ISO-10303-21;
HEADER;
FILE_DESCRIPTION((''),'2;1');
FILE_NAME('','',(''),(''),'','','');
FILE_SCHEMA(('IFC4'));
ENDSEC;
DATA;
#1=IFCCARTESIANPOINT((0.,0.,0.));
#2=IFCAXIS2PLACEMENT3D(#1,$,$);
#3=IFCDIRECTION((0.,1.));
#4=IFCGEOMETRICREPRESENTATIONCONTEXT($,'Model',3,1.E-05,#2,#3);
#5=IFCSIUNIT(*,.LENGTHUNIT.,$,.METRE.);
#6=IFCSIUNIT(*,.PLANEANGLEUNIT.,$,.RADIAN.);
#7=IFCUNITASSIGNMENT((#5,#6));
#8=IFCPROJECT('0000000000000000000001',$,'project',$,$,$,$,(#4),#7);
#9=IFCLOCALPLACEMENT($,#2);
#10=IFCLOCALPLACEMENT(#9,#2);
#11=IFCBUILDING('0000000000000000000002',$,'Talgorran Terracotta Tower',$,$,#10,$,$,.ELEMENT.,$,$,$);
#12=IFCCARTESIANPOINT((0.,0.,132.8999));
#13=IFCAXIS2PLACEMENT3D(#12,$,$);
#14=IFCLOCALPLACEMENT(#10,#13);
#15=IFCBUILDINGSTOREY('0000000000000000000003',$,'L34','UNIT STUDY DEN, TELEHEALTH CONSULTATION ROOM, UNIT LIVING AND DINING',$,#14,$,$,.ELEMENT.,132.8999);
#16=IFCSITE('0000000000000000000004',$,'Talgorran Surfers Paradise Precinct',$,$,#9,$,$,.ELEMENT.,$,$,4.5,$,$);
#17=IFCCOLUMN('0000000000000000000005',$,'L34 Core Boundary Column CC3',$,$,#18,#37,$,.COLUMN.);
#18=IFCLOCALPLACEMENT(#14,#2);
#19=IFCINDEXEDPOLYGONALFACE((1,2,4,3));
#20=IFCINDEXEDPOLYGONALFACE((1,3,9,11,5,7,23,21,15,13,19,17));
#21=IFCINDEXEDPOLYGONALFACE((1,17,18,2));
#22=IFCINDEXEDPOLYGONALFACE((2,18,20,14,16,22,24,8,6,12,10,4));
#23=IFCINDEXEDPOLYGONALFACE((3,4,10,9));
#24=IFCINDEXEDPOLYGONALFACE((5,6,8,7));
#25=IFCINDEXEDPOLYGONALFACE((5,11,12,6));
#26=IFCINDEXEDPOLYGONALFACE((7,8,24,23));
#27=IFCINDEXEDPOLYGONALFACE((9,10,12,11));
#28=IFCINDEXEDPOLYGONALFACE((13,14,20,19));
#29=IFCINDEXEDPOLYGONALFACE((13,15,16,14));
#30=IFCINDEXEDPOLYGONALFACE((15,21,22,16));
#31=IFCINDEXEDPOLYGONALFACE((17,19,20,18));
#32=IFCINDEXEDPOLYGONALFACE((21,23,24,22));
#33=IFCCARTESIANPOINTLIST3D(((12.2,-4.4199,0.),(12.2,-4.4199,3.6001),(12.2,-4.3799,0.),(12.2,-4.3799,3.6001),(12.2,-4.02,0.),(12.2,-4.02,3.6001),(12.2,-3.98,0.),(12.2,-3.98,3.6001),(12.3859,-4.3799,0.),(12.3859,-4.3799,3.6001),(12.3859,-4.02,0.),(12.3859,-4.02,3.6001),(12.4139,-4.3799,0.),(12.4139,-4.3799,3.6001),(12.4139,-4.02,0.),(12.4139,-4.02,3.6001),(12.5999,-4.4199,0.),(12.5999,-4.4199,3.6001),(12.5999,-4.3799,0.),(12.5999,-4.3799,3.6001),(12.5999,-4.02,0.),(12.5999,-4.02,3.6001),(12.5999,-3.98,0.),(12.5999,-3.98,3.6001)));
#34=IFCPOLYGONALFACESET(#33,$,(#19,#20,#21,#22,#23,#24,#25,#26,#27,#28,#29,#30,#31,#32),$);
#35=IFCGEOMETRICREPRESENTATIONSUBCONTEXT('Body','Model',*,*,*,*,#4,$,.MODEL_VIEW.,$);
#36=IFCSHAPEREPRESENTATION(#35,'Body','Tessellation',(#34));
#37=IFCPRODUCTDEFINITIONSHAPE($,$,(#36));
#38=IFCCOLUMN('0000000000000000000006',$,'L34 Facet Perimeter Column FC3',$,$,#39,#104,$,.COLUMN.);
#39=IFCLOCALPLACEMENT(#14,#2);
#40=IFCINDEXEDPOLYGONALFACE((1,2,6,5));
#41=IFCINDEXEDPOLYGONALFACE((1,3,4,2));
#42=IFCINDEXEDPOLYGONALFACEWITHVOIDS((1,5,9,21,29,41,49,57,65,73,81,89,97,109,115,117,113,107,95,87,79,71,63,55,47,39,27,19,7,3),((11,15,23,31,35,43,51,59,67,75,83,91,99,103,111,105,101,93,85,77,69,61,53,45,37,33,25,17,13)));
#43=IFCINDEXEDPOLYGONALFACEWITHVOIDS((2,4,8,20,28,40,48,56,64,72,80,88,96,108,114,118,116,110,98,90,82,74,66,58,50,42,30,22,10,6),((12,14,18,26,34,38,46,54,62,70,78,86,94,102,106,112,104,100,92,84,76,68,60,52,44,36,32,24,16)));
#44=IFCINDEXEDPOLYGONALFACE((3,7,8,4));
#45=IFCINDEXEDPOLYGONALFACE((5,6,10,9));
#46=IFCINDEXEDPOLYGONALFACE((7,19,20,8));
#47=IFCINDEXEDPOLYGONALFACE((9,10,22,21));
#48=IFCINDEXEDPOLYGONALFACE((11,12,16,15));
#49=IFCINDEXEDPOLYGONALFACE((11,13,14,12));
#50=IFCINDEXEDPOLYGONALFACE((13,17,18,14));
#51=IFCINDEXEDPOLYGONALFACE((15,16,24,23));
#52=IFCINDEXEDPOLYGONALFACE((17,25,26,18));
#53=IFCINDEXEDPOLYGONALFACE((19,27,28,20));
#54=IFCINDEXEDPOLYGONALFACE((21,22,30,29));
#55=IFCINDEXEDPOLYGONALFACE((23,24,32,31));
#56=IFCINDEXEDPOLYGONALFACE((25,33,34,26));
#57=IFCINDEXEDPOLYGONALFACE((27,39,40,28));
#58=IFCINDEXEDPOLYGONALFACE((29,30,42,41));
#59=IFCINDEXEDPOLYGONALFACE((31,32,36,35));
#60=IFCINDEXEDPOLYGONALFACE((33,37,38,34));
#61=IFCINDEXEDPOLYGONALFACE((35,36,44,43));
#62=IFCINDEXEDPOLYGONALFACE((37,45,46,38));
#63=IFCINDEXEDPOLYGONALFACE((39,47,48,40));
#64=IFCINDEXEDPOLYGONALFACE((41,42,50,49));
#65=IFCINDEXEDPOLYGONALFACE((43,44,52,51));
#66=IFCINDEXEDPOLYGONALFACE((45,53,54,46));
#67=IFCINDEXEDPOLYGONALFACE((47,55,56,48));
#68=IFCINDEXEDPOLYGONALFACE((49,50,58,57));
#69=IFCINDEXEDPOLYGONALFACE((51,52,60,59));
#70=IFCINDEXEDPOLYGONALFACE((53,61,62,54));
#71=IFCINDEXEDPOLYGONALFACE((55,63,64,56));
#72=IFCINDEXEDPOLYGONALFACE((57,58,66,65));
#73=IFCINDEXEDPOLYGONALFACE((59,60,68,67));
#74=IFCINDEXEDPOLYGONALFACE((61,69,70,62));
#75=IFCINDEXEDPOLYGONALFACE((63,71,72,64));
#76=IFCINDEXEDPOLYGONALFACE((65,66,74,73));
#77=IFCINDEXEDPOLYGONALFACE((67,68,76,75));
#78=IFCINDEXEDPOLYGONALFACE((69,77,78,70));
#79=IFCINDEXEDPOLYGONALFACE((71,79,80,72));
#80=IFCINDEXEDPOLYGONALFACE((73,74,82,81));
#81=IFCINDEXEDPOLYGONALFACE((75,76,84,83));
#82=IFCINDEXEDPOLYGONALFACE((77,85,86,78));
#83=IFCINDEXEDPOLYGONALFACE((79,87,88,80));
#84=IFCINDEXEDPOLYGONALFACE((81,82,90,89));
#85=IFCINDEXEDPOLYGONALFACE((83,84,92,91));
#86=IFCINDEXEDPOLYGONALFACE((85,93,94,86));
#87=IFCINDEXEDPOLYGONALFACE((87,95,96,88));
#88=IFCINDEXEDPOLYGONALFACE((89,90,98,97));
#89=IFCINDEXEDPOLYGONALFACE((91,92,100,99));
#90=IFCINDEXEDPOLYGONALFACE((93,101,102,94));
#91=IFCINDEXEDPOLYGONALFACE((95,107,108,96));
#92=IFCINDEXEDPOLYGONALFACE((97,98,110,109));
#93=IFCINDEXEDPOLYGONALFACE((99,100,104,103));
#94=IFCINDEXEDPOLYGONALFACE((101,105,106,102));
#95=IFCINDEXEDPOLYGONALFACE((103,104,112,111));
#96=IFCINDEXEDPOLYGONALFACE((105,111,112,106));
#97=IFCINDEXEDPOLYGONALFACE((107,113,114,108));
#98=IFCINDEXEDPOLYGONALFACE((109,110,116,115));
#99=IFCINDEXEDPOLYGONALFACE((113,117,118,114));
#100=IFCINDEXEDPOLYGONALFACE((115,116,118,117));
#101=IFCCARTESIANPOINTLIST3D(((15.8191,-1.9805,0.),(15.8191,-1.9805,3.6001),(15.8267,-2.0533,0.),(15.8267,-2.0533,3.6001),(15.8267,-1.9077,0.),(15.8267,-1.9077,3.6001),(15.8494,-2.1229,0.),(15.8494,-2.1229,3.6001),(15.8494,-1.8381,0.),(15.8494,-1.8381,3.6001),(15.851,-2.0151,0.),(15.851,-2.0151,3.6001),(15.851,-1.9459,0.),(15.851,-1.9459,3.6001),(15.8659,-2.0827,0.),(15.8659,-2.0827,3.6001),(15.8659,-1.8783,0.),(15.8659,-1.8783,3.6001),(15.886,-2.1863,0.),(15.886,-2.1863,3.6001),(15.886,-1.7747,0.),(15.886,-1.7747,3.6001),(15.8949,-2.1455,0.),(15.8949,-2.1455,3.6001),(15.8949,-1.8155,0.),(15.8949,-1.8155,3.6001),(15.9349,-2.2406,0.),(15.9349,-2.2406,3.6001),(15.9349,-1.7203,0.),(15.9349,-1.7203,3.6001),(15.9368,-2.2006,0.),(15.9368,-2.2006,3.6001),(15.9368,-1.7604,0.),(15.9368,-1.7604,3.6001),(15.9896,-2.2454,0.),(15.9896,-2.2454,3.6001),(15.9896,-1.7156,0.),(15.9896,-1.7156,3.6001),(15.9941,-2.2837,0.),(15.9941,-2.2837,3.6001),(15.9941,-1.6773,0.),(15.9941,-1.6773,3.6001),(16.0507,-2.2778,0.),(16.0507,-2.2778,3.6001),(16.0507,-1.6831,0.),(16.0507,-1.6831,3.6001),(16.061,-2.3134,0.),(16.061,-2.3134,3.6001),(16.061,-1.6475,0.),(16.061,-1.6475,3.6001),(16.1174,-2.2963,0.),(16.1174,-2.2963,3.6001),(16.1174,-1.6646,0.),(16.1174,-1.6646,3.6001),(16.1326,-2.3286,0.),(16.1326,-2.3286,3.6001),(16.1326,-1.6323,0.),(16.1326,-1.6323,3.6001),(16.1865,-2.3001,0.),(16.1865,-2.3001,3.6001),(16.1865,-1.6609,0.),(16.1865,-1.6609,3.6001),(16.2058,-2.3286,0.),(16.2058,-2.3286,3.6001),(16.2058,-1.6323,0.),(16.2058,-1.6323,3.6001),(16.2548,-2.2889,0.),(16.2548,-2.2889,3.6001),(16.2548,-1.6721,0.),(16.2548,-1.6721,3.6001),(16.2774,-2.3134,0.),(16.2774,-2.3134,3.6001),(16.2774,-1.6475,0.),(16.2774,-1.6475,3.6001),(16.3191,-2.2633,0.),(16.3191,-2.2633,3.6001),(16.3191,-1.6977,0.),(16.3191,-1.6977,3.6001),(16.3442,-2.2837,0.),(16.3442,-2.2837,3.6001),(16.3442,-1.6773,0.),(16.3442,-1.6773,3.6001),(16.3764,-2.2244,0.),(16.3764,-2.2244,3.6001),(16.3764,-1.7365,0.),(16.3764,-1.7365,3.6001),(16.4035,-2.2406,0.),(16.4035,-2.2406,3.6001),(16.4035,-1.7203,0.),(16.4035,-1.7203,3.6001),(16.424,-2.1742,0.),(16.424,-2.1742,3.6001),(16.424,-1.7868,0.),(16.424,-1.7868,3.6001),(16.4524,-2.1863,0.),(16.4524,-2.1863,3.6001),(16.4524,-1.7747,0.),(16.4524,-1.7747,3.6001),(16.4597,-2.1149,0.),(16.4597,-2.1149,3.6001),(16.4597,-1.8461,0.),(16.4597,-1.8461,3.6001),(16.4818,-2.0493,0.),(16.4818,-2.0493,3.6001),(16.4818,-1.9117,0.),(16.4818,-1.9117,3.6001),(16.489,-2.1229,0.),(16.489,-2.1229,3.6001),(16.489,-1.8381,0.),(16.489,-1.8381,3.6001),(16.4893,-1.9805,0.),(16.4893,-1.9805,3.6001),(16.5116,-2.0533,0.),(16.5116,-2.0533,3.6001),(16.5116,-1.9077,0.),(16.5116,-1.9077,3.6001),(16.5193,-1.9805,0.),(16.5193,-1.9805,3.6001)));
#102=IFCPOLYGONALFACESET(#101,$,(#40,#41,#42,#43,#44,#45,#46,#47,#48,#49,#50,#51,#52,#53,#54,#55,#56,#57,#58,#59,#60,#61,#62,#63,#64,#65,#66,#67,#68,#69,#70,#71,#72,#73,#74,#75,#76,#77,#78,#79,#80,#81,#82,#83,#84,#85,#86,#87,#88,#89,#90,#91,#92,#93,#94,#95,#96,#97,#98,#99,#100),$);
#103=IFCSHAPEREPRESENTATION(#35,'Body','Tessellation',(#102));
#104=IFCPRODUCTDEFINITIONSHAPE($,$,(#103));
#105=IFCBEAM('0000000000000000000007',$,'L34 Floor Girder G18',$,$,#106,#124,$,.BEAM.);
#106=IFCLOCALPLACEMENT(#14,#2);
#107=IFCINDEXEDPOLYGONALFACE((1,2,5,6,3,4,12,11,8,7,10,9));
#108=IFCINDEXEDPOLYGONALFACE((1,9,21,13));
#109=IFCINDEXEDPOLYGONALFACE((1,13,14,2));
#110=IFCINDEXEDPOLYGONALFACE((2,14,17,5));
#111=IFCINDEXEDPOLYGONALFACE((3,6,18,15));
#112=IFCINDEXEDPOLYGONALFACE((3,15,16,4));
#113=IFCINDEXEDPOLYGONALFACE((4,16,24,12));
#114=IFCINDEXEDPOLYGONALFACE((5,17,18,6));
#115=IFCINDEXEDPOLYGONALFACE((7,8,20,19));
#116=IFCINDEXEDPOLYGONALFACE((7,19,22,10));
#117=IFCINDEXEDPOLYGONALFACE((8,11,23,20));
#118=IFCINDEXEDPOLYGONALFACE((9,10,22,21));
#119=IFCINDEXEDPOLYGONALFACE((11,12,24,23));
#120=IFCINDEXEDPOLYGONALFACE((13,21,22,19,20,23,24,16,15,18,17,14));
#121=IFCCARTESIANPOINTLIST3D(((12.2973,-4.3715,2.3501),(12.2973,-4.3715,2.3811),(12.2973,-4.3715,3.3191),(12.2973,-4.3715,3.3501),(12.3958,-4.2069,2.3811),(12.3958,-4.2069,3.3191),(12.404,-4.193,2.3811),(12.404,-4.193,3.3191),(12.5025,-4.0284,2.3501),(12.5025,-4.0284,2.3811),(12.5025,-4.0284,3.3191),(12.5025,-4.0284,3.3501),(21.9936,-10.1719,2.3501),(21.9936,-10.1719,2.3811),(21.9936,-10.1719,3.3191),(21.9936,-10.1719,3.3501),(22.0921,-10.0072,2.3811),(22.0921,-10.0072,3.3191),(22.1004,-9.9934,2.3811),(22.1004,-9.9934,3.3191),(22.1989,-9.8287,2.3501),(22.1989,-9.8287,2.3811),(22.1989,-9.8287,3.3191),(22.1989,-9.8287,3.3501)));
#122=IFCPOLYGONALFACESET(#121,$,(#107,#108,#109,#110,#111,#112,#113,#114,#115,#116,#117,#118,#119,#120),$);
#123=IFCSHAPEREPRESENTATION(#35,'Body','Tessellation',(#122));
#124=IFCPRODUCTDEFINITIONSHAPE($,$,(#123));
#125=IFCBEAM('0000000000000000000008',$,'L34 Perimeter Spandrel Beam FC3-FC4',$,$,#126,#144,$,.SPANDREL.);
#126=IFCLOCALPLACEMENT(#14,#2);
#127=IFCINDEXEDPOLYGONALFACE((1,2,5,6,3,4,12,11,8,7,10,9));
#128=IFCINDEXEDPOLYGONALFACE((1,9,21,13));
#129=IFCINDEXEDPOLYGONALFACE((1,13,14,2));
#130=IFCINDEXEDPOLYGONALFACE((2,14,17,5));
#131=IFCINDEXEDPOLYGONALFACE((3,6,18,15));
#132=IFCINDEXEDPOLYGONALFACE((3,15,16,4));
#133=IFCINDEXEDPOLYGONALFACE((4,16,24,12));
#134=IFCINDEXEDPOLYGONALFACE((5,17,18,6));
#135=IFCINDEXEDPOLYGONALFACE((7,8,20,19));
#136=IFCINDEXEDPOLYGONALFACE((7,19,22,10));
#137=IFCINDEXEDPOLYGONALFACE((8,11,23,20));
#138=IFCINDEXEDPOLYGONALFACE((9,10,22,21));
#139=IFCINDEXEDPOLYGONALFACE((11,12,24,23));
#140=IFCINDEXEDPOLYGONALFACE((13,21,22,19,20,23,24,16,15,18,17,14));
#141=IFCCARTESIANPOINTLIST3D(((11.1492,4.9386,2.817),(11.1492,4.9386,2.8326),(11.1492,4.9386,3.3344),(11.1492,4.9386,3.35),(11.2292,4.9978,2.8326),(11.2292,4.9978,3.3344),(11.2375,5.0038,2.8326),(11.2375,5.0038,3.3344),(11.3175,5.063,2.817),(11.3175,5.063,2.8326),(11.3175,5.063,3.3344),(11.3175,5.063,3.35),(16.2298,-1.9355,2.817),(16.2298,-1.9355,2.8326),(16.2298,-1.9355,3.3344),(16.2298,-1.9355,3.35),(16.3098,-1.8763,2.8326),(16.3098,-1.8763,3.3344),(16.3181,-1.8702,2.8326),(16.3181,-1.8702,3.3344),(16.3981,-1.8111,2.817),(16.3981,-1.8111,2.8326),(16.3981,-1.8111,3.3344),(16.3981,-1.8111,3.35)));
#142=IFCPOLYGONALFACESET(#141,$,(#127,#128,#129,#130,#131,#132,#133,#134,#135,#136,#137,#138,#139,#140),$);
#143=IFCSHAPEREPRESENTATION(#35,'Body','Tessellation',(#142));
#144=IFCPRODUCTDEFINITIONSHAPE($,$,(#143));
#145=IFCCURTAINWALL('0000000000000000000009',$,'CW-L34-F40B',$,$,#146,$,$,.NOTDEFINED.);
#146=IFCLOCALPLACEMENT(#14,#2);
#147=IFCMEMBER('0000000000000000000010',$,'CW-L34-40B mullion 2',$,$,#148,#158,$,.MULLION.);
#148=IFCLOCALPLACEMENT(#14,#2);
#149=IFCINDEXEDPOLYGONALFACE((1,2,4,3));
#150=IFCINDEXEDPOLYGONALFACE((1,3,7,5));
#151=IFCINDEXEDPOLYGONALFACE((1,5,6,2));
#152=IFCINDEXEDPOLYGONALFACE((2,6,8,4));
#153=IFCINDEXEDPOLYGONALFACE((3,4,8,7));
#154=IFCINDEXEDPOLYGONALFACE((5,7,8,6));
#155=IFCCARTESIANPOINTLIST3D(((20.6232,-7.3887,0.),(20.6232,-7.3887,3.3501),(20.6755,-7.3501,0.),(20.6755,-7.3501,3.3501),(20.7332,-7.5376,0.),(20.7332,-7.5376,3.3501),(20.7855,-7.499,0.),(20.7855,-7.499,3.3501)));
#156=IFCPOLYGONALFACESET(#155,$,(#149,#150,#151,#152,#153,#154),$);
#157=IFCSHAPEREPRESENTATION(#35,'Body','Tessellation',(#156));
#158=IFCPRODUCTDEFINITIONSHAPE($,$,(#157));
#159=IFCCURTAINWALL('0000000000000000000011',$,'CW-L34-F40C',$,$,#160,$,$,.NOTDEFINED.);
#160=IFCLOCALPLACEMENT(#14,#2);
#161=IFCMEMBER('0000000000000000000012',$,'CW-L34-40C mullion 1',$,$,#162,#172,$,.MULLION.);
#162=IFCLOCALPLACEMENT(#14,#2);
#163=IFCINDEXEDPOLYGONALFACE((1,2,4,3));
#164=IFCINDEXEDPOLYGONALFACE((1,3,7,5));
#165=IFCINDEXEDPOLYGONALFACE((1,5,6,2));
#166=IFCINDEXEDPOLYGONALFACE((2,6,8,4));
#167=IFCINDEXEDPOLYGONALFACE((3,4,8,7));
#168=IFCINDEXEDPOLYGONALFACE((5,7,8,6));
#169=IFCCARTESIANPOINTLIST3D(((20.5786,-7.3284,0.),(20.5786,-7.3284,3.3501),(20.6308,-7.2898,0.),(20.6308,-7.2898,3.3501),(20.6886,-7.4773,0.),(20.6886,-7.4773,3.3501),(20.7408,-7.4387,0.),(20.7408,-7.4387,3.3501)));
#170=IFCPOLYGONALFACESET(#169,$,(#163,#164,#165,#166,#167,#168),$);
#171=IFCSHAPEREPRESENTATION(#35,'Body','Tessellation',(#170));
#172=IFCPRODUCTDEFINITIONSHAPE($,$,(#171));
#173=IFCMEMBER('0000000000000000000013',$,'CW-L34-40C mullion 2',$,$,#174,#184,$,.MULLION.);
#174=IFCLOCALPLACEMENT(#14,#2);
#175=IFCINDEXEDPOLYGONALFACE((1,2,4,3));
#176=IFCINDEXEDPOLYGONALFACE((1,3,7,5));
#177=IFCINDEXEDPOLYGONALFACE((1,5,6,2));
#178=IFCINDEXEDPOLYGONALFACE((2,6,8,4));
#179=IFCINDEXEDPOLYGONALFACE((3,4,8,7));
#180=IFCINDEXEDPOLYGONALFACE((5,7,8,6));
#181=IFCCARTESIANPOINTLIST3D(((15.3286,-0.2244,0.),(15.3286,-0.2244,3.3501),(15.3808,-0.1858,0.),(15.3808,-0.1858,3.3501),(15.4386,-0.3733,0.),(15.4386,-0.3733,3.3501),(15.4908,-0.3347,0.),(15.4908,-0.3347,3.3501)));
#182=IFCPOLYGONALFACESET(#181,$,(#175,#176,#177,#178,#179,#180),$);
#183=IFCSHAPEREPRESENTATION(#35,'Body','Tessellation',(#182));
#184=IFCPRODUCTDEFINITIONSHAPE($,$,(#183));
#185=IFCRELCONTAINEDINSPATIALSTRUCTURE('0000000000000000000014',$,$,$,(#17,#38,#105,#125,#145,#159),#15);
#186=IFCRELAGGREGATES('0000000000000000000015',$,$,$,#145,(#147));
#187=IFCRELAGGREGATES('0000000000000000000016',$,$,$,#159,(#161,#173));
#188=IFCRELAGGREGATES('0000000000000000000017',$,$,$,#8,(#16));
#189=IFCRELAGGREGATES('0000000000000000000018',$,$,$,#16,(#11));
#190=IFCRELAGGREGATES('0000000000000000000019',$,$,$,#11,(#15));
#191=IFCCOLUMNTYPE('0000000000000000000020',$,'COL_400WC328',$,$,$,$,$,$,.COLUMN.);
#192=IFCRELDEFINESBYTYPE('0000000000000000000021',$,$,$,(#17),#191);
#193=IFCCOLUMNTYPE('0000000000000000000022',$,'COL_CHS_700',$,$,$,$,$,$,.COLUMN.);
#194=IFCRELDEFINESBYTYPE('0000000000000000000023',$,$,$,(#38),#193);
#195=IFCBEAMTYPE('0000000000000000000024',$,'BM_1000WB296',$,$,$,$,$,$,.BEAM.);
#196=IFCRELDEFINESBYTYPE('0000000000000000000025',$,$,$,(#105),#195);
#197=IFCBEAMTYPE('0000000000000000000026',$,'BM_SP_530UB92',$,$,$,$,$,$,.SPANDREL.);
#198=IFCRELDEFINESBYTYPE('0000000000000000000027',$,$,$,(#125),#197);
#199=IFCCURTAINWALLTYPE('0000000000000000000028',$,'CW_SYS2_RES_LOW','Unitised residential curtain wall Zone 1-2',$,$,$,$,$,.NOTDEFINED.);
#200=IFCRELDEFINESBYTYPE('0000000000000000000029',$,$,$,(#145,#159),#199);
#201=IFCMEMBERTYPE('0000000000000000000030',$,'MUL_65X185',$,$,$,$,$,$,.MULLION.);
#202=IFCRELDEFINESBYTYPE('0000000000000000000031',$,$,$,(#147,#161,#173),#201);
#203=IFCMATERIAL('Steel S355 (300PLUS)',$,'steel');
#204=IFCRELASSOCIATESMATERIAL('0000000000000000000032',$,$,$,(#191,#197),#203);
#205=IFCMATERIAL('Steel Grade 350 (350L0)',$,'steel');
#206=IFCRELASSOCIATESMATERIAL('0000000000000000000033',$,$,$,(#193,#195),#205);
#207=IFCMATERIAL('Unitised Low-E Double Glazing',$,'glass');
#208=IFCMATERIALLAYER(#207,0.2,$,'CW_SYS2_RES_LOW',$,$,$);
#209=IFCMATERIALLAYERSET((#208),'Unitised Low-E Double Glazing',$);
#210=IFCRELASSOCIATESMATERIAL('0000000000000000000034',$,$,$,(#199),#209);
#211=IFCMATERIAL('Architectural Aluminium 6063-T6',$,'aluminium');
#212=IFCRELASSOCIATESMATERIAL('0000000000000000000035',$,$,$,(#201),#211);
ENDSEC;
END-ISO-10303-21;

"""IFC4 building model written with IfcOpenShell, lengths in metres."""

from ifc_helpers import new_model, si_unit, direction, frame, origin, origin_2d, place, context, subcontext, project, spatial, rectangle, hollow_circle, i_section, extrude, material, layer, layer_set, material_profile, profile_set, type_object, element, aggregate, save


model = new_model("IFC4")

# Units and contexts
model_context = context("Model", 3, precision=1e-05, world=origin(), true_north=direction((0.0, 1.0)))
body_context = subcontext(model_context, "Body", "Model", "MODEL_VIEW")
ifc_project = project(units=[si_unit("LENGTHUNIT", "METRE"), si_unit("PLANEANGLEUNIT", "RADIAN")], contexts=[model_context])

# Site, building, storey
site_placement = place(None, origin())
site = spatial("IfcSite", under=ifc_project, at=site_placement, Name="Talgorran Surfers Paradise Precinct", CompositionType="ELEMENT", RefElevation=4.5)
building_placement = place(site_placement, origin())
building = spatial("IfcBuilding", under=site, at=building_placement, Name="Talgorran Terracotta Tower", CompositionType="ELEMENT")
storey_placement = place(building_placement, frame((0.0, 0.0, 132.8999)))
storey = spatial("IfcBuildingStorey", under=building, at=storey_placement, Name="L34", Description="UNIT STUDY DEN, TELEHEALTH CONSULTATION ROOM, UNIT LIVING AND DINING", CompositionType="ELEMENT", Elevation=132.8999)

# Columns
ifc_material_1 = material(Name="Steel S355 (300PLUS)", Category="steel")
ifc_material_profile_1 = material_profile(ifc_material_1, i_section(OverallWidth=0.3999, OverallDepth=0.4399, WebThickness=0.0281, FlangeThickness=0.04, at=origin_2d()), Name="400WC328")
ifc_profile_set_1 = profile_set([ifc_material_profile_1], Name="Steel S355 (300PLUS)")
column_type_1 = type_object("IfcColumnType", Name="COL_400WC328", PredefinedType="COLUMN", material=ifc_profile_set_1)
column_1_placement = place(storey_placement, frame((12.3999, -4.2, 0.0), z_axis=(0.0, 0.0, 1.0), x_axis=(1.0, 0.0, 0.0)))
element("IfcColumn", 1, at=column_1_placement, inside=storey, type_object=column_type_1, Name="L34 Core Boundary Column CC3", PredefinedType="COLUMN", context=body_context, shape_type="SweptSolid", body=[
    extrude(i_section(OverallWidth=0.3999, OverallDepth=0.4399, WebThickness=0.0281, FlangeThickness=0.04, at=origin_2d()), origin(), (0.0, 0.0, 1.0), 3.6001),
])
ifc_material_2 = material(Name="Steel Grade 350 (350L0)", Category="steel")
ifc_material_profile_2 = material_profile(ifc_material_2, hollow_circle(Radius=0.3501, WallThickness=0.03, at=origin_2d()), Name="CHS700X30")
ifc_profile_set_2 = profile_set([ifc_material_profile_2], Name="Steel Grade 350 (350L0)")
column_type_2 = type_object("IfcColumnType", Name="COL_CHS_700", PredefinedType="COLUMN", material=ifc_profile_set_2)
column_2_placement = place(storey_placement, frame((16.1692, -1.9805, 0.0), z_axis=(0.0, 0.0, 1.0), x_axis=(1.0, 0.0, 0.0)))
element("IfcColumn", 2, at=column_2_placement, inside=storey, type_object=column_type_2, Name="L34 Facet Perimeter Column FC3", PredefinedType="COLUMN", context=body_context, shape_type="SweptSolid", body=[
    extrude(hollow_circle(Radius=0.3501, WallThickness=0.03, at=origin_2d()), origin(), (0.0, 0.0, 1.0), 3.6001),
])

# Beams
ifc_material_profile_3 = material_profile(ifc_material_2, i_section(OverallWidth=0.3999, OverallDepth=1.0, WebThickness=0.0161, FlangeThickness=0.031, at=origin_2d()), Name="1000WB296")
ifc_profile_set_3 = profile_set([ifc_material_profile_3], Name="Steel Grade 350 (350L0)")
beam_type_1 = type_object("IfcBeamType", Name="BM_1000WB296", PredefinedType="BEAM", material=ifc_profile_set_3)
beam_1_placement = place(storey_placement, frame((12.3999, -4.2, 2.8501), z_axis=(0.858175, -0.513358, 0.0), x_axis=(0.513358, 0.858175, 0.0)))
element("IfcBeam", 3, at=beam_1_placement, inside=storey, type_object=beam_type_1, Name="L34 Floor Girder G18", PredefinedType="BEAM", context=body_context, shape_type="SweptSolid", body=[
    extrude(i_section(OverallWidth=0.3999, OverallDepth=1.0, WebThickness=0.0161, FlangeThickness=0.031, at=origin_2d()), origin(), (0.0, 0.0, 1.0), 11.2988),
])
ifc_material_profile_4 = material_profile(ifc_material_1, i_section(OverallWidth=0.2092, OverallDepth=0.533, WebThickness=0.0103, FlangeThickness=0.0156, at=origin_2d()), Name="530UB92.4")
ifc_profile_set_4 = profile_set([ifc_material_profile_4], Name="Steel S355 (300PLUS)")
beam_type_2 = type_object("IfcBeamType", Name="BM_SP_530UB92", PredefinedType="SPANDREL", material=ifc_profile_set_4)
beam_2_placement = place(storey_placement, frame((16.314, -1.8733, 3.0835), z_axis=(-0.594373, 0.804189, 0.0), x_axis=(-0.804189, -0.594373, 0.0)))
element("IfcBeam", 4, at=beam_2_placement, inside=storey, type_object=beam_type_2, Name="L34 Perimeter Spandrel Beam FC3-FC4", PredefinedType="SPANDREL", context=body_context, shape_type="SweptSolid", body=[
    extrude(i_section(OverallWidth=0.2092, OverallDepth=0.533, WebThickness=0.0103, FlangeThickness=0.0156, at=origin_2d()), origin(), (0.0, 0.0, 1.0), 8.5479),
])

# Curtain wall, member
ifc_material_3 = material(Name="Unitised Low-E Double Glazing", Category="glass")
ifc_layer_1 = layer(ifc_material_3, 0.2, Name="CW_SYS2_RES_LOW")
ifc_layer_set_1 = layer_set([ifc_layer_1], Name="Unitised Low-E Double Glazing")
curtain_wall_type = type_object("IfcCurtainWallType", Name="CW_SYS2_RES_LOW", Description="Unitised residential curtain wall Zone 1-2", PredefinedType="NOTDEFINED", material=ifc_layer_set_1)
curtain_wall_1_placement = place(storey_placement, origin())
curtain_wall_1 = element("IfcCurtainWall", 5, at=curtain_wall_1_placement, inside=storey, type_object=curtain_wall_type, Name="CW-L34-F40B", PredefinedType="NOTDEFINED")
ifc_material_4 = material(Name="Architectural Aluminium 6063-T6", Category="aluminium")
ifc_material_profile_5 = material_profile(ifc_material_4, rectangle(XDim=0.0649, YDim=0.1851, at=origin_2d()), Name="CWM65X185")
ifc_profile_set_5 = profile_set([ifc_material_profile_5], Name="Architectural Aluminium 6063-T6")
member_type_1 = type_object("IfcMemberType", Name="MUL_65X185", PredefinedType="MULLION", material=ifc_profile_set_5)
member_1_placement = place(storey_placement, frame((20.7043, -7.4438, 0.0), z_axis=(0.0, 0.0, 1.0), x_axis=(-0.80421, -0.594345, 0.0)))
member_1 = element("IfcMember", 6, at=member_1_placement, type_object=member_type_1, Name="CW-L34-40B mullion 2", PredefinedType="MULLION", context=body_context, shape_type="SweptSolid", body=[
    extrude(rectangle(XDim=0.0649, YDim=0.1851, at=origin_2d()), origin(), (0.0, 0.0, 1.0), 3.3501),
])
aggregate(curtain_wall_1, [member_1])

# Curtain wall, members
curtain_wall_2_placement = place(storey_placement, origin())
curtain_wall_2 = element("IfcCurtainWall", 7, at=curtain_wall_2_placement, inside=storey, type_object=curtain_wall_type, Name="CW-L34-F40C", PredefinedType="NOTDEFINED")
member_2_placement = place(storey_placement, frame((20.6597, -7.3835, 0.0), z_axis=(0.0, 0.0, 1.0), x_axis=(-0.804203, -0.594355, 0.0)))
member_2 = element("IfcMember", 8, at=member_2_placement, type_object=member_type_1, Name="CW-L34-40C mullion 1", PredefinedType="MULLION", context=body_context, shape_type="SweptSolid", body=[
    extrude(rectangle(XDim=0.0649, YDim=0.1851, at=origin_2d()), origin(), (0.0, 0.0, 1.0), 3.3501),
])
member_3_placement = place(storey_placement, frame((15.4097, -0.2795, 0.0), z_axis=(0.0, 0.0, 1.0), x_axis=(-0.804203, -0.594355, 0.0)))
member_3 = element("IfcMember", 9, at=member_3_placement, type_object=member_type_1, Name="CW-L34-40C mullion 2", PredefinedType="MULLION", context=body_context, shape_type="SweptSolid", body=[
    extrude(rectangle(XDim=0.0649, YDim=0.1851, at=origin_2d()), origin(), (0.0, 0.0, 1.0), 3.3501),
])

aggregate(curtain_wall_2, [member_2, member_3])

save(model, "model.ifc")
